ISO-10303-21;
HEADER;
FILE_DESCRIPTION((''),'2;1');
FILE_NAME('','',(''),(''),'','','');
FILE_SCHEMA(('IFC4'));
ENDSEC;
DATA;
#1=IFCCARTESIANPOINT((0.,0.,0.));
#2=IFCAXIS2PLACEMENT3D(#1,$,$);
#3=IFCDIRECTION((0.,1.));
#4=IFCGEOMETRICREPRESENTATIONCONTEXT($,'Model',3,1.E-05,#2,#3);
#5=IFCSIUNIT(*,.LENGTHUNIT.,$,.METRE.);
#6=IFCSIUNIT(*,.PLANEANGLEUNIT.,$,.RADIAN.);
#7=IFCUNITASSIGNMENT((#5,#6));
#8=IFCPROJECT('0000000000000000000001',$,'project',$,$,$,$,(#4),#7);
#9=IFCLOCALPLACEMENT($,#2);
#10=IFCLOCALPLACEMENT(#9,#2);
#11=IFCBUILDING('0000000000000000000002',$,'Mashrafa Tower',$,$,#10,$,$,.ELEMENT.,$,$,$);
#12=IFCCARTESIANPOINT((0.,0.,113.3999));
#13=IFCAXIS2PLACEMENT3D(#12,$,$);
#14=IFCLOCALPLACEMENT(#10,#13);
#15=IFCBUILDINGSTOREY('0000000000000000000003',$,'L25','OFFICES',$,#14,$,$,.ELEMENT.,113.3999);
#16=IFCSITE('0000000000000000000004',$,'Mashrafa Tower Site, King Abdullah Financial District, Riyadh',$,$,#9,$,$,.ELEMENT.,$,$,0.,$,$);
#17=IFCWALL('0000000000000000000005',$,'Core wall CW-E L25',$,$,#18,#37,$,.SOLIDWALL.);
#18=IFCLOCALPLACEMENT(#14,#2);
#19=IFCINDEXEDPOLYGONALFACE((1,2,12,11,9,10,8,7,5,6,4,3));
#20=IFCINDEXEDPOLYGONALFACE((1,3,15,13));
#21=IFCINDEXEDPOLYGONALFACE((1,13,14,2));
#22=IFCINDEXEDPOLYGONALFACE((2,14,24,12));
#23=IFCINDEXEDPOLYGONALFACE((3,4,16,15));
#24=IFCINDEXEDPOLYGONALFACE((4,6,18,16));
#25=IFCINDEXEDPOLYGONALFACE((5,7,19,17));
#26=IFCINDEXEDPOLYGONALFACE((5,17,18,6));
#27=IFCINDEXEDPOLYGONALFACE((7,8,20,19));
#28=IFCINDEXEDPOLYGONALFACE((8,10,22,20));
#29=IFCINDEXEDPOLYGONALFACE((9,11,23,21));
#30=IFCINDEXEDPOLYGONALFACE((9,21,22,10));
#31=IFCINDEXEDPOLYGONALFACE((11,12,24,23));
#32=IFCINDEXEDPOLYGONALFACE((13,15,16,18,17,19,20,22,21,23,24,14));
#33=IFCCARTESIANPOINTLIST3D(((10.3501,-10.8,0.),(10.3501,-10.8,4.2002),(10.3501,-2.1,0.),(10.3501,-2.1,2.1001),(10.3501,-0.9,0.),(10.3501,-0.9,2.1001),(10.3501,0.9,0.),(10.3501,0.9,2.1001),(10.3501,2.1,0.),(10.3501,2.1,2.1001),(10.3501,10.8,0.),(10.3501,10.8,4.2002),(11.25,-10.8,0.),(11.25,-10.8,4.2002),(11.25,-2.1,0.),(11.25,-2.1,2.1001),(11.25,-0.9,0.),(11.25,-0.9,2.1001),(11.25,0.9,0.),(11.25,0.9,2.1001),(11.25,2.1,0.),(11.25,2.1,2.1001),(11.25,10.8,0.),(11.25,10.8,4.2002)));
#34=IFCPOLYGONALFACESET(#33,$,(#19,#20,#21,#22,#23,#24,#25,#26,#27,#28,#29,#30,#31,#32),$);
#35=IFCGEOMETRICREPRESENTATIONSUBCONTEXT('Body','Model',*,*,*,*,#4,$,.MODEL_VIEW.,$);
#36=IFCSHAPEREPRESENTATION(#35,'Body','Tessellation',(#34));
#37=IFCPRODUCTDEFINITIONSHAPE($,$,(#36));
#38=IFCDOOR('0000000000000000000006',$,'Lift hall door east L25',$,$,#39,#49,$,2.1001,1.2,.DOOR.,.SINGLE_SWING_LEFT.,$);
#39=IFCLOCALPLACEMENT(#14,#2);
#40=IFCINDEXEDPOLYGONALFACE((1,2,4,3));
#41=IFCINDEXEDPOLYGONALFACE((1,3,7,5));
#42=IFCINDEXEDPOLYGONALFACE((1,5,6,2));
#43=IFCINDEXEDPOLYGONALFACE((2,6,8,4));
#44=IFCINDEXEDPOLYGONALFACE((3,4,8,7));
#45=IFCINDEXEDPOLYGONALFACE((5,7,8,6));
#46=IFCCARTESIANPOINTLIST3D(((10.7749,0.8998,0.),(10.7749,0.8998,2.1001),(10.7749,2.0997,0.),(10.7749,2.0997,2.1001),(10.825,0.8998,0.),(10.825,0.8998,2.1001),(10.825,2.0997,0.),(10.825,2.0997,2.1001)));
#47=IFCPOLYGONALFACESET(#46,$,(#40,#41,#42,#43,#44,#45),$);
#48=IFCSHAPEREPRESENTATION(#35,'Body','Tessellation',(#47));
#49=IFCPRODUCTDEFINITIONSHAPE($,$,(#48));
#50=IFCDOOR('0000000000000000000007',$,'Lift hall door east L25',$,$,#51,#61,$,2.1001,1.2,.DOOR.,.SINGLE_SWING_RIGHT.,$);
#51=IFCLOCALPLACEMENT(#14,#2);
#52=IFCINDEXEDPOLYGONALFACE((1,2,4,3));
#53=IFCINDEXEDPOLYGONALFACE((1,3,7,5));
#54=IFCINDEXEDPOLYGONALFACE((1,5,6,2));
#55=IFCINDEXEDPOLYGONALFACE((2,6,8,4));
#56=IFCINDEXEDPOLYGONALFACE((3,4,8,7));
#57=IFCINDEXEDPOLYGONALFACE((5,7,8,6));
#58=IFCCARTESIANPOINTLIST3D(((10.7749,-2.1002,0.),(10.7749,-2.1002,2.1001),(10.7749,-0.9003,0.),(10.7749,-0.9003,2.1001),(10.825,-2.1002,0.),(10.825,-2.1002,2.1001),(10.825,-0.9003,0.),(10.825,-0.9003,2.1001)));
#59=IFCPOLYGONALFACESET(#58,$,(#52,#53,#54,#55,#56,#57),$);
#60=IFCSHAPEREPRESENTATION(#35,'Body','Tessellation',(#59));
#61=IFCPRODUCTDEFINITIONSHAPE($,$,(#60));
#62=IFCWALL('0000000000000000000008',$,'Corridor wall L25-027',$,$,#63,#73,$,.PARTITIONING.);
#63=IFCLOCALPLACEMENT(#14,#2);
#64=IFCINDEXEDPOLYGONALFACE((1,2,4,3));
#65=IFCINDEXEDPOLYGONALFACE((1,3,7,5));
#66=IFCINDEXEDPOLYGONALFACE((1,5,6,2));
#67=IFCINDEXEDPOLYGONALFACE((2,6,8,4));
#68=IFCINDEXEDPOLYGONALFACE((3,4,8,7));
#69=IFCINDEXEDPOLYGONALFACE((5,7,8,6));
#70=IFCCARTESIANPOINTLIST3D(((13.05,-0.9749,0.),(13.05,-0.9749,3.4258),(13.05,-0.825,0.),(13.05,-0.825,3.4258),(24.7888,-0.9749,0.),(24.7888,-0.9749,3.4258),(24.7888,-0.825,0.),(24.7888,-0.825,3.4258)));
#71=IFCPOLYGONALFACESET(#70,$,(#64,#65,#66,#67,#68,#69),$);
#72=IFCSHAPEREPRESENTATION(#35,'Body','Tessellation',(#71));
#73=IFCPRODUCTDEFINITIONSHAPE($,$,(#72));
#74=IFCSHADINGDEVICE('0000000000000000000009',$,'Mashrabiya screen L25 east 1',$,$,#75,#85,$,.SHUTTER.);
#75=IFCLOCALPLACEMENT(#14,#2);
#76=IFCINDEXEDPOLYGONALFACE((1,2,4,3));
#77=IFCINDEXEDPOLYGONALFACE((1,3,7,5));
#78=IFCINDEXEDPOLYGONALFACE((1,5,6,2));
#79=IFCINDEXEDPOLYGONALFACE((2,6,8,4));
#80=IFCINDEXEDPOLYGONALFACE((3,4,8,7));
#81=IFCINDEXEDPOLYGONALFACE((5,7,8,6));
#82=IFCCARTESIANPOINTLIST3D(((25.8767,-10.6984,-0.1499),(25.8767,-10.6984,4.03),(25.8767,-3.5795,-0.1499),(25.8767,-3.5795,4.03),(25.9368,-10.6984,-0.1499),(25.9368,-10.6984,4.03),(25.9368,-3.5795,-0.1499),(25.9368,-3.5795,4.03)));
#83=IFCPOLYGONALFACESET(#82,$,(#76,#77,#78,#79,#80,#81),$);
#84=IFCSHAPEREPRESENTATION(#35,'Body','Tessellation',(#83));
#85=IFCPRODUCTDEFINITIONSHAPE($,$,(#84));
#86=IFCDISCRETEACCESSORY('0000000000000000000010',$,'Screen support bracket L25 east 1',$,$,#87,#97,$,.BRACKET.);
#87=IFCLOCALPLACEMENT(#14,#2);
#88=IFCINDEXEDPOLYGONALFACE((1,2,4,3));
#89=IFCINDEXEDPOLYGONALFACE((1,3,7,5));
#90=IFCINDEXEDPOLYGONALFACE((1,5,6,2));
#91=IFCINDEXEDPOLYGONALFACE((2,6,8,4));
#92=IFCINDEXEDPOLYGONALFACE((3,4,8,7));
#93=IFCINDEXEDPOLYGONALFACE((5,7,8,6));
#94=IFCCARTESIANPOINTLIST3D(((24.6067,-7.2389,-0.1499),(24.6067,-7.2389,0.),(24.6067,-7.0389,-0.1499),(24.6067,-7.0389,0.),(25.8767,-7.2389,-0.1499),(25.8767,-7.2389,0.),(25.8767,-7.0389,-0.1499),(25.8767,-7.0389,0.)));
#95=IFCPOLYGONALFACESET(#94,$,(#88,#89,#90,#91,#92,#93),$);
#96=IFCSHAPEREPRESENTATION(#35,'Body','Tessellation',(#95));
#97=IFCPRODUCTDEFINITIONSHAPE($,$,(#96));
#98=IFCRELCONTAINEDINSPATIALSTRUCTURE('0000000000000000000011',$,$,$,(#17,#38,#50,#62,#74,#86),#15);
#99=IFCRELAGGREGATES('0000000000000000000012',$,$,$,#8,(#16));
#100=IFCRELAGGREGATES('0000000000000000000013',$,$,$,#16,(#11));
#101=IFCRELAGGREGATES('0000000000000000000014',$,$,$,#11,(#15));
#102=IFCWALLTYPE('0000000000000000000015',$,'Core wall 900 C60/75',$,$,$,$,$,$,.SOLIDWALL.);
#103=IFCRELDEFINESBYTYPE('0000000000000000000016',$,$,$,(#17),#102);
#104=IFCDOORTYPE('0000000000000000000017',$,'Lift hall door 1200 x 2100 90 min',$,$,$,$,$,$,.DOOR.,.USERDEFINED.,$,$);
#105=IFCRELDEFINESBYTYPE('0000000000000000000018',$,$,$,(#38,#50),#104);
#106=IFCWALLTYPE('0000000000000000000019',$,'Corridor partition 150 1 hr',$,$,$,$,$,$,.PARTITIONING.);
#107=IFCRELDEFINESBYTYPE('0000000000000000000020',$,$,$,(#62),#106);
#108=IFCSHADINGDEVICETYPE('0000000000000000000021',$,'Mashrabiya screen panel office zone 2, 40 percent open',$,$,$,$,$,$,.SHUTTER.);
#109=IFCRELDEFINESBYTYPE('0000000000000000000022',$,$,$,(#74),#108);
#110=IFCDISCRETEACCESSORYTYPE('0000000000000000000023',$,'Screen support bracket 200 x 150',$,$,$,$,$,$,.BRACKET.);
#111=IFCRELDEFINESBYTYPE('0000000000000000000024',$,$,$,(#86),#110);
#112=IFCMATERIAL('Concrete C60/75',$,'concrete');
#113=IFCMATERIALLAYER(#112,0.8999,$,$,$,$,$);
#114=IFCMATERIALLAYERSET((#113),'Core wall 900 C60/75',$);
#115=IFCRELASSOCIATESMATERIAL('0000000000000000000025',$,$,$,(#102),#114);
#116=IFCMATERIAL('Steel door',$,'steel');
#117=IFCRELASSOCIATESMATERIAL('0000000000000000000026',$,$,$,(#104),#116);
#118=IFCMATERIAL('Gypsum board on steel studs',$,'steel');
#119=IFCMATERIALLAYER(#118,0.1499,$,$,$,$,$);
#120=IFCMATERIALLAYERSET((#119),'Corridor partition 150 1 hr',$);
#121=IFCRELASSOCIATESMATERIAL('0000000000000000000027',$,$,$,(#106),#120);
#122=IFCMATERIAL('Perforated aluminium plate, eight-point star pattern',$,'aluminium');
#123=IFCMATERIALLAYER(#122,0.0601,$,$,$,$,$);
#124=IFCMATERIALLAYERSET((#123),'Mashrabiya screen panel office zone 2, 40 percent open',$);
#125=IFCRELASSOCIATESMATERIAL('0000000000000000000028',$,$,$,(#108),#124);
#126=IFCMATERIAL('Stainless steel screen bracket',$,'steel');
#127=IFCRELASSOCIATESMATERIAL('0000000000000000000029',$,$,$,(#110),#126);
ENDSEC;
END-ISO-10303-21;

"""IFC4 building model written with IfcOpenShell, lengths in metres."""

from ifc_helpers import new_model, si_unit, direction, frame, frame_2d, origin, origin_2d, place, context, subcontext, project, spatial, rectangle, extrude, source, transform, mapped, material, layer, layer_set, type_object, type_shapes, element, fill, save


model = new_model("IFC4")

# Units and contexts
model_context = context("Model", 3, precision=1e-05, world=origin(), true_north=direction((0.0, 1.0)))
body_context = subcontext(model_context, "Body", "Model", "MODEL_VIEW")
ifc_project = project(units=[si_unit("LENGTHUNIT", "METRE"), si_unit("PLANEANGLEUNIT", "RADIAN")], contexts=[model_context])

# Site, building, storey
site_placement = place(None, origin())
site = spatial("IfcSite", under=ifc_project, at=site_placement, Name="Mashrafa Tower Site, King Abdullah Financial District, Riyadh", CompositionType="ELEMENT", RefElevation=0.0)
building_placement = place(site_placement, origin())
building = spatial("IfcBuilding", under=site, at=building_placement, Name="Mashrafa Tower", CompositionType="ELEMENT")
storey_placement = place(building_placement, frame((0.0, 0.0, 113.3999)))
storey = spatial("IfcBuildingStorey", under=building, at=storey_placement, Name="L25", Description="OFFICES", CompositionType="ELEMENT", Elevation=113.3999)

# Wall, openings, doors
ifc_material_1 = material(Name="Concrete C60/75", Category="concrete")
ifc_layer_1 = layer(ifc_material_1, 0.8999)
ifc_layer_set_1 = layer_set([ifc_layer_1], Name="Core wall 900 C60/75")
wall_type_1 = type_object("IfcWallType", Name="Core wall 900 C60/75", PredefinedType="SOLIDWALL", material=ifc_layer_set_1)
wall_1_placement = place(storey_placement, frame((10.8, -10.8, 0.0), z_axis=(0.0, 0.0, 1.0), x_axis=(0.0, 1.0, 0.0)))
wall_1 = element("IfcWall", 1, at=wall_1_placement, inside=storey, type_object=wall_type_1, Name="Core wall CW-E L25", PredefinedType="SOLIDWALL", context=body_context, shape_type="SweptSolid", body=[
    extrude(rectangle(XDim=21.6001, YDim=0.8999, at=frame_2d((10.8, 0.0))), origin(), (0.0, 0.0, 1.0), 4.2002),
])
opening_1_placement = place(wall_1_placement, frame((11.7, 0.0, 0.0)))
opening_1 = element("IfcOpeningElement", 2, at=opening_1_placement, cuts=wall_1, PredefinedType="OPENING", context=body_context, shape_type="SweptSolid", body=[
    extrude(rectangle(XDim=1.2, YDim=2.1001, at=frame_2d((0.6001, 1.05))), frame((0.0, 0.46, 0.0), z_axis=(0.0, -1.0, 0.0), x_axis=(1.0, 0.0, 0.0)), (0.0, 0.0, 1.0), 0.9199),
])
opening_2_placement = place(wall_1_placement, frame((8.7, 0.0, 0.0)))
opening_2 = element("IfcOpeningElement", 3, at=opening_2_placement, cuts=wall_1, PredefinedType="OPENING", context=body_context, shape_type="SweptSolid", body=[
    extrude(rectangle(XDim=1.2, YDim=2.1001, at=frame_2d((0.6001, 1.05))), frame((0.0, 0.46, 0.0), z_axis=(0.0, -1.0, 0.0), x_axis=(1.0, 0.0, 0.0)), (0.0, 0.0, 1.0), 0.9199),
])
ifc_material_2 = material(Name="Steel door", Category="steel")
door_type = type_object("IfcDoorType", Name="Lift hall door 1200 x 2100 90 min", OperationType="USERDEFINED", PredefinedType="DOOR", material=ifc_material_2)
door_1_placement = place(opening_1_placement, frame((1.2, 0.0, 0.0), z_axis=(0.0, 0.0, 1.0), x_axis=(-1.0, 0.0, 0.0)))
door_1 = element("IfcDoor", 4, at=door_1_placement, inside=storey, type_object=door_type, Name="Lift hall door east L25", OperationType="SINGLE_SWING_LEFT", OverallHeight=2.1001, OverallWidth=1.2, PredefinedType="DOOR", context=body_context, shape_type="SweptSolid", body=[
    extrude(rectangle(XDim=1.2, YDim=2.1001, at=frame_2d((0.6001, 1.05))), frame((0.0, 0.0249, 0.0), z_axis=(0.0, -1.0, 0.0), x_axis=(1.0, 0.0, 0.0)), (0.0, 0.0, 1.0), 0.05),
])
fill(opening_1, door_1)
door_2_placement = place(opening_2_placement, frame((1.2, 0.0, 0.0), z_axis=(0.0, 0.0, 1.0), x_axis=(-1.0, 0.0, 0.0)))
door_2 = element("IfcDoor", 5, at=door_2_placement, inside=storey, type_object=door_type, Name="Lift hall door east L25", OperationType="SINGLE_SWING_RIGHT", OverallHeight=2.1001, OverallWidth=1.2, PredefinedType="DOOR", context=body_context, shape_type="SweptSolid", body=[
    extrude(rectangle(XDim=1.2, YDim=2.1001, at=frame_2d((0.6001, 1.05))), frame((0.0, 0.0249, 0.0), z_axis=(0.0, -1.0, 0.0), x_axis=(1.0, 0.0, 0.0)), (0.0, 0.0, 1.0), 0.05),
])
fill(opening_2, door_2)

# Wall
ifc_material_3 = material(Name="Gypsum board on steel studs", Category="steel")
ifc_layer_2 = layer(ifc_material_3, 0.1499)
ifc_layer_set_2 = layer_set([ifc_layer_2], Name="Corridor partition 150 1 hr")
wall_type_2 = type_object("IfcWallType", Name="Corridor partition 150 1 hr", PredefinedType="PARTITIONING", material=ifc_layer_set_2)
wall_2_placement = place(storey_placement, frame((13.05, -0.8999, 0.0), z_axis=(0.0, 0.0, 1.0), x_axis=(1.0, 0.0, 0.0)))
element("IfcWall", 6, at=wall_2_placement, inside=storey, type_object=wall_type_2, Name="Corridor wall L25-027", PredefinedType="PARTITIONING", context=body_context, shape_type="SweptSolid", body=[
    extrude(rectangle(XDim=11.7388, YDim=0.1499, at=frame_2d((5.8694, 0.0))), origin(), (0.0, 0.0, 1.0), 3.4258),
])

# Shading device
ifc_material_4 = material(Name="Perforated aluminium plate, eight-point star pattern", Category="aluminium")
ifc_layer_3 = layer(ifc_material_4, 0.0601)
ifc_layer_set_3 = layer_set([ifc_layer_3], Name="Mashrabiya screen panel office zone 2, 40 percent open")
shading_device_type = type_object("IfcShadingDeviceType", Name="Mashrabiya screen panel office zone 2, 40 percent open", PredefinedType="SHUTTER", material=ifc_layer_set_3)
shared_shape_1 = source(origin(), body_context, "Body", "SweptSolid", [
    extrude(rectangle(XDim=7.1189, YDim=0.0601, at=origin_2d()), origin(), (0.0, 0.0, 1.0), 4.1799),
])
type_shapes(shading_device_type, [shared_shape_1])
shading_device_placement = place(storey_placement, frame((25.9067, -7.1389, -0.1499), z_axis=(0.0, 0.0, 1.0), x_axis=(0.0, 1.0, 0.0)))
element("IfcShadingDevice", 7, at=shading_device_placement, inside=storey, type_object=shading_device_type, Name="Mashrabiya screen L25 east 1", PredefinedType="SHUTTER", context=body_context, shape_type="MappedRepresentation", body=[
    mapped(shared_shape_1, transform((0.0, 0.0, 0.0))),
])

# Discrete accessory
ifc_material_5 = material(Name="Stainless steel screen bracket", Category="steel")
discrete_accessory_type = type_object("IfcDiscreteAccessoryType", Name="Screen support bracket 200 x 150", PredefinedType="BRACKET", material=ifc_material_5)
shared_shape_2 = source(origin(), body_context, "Body", "SweptSolid", [
    extrude(rectangle(XDim=0.2, YDim=1.27, at=origin_2d()), origin(), (0.0, 0.0, 1.0), 0.1499),
])
type_shapes(discrete_accessory_type, [shared_shape_2])
discrete_accessory_placement = place(storey_placement, frame((25.2417, -7.1389, -0.1499), z_axis=(0.0, 0.0, 1.0), x_axis=(0.0, 1.0, 0.0)))
element("IfcDiscreteAccessory", 8, at=discrete_accessory_placement, inside=storey, type_object=discrete_accessory_type, Name="Screen support bracket L25 east 1", PredefinedType="BRACKET", context=body_context, shape_type="MappedRepresentation", body=[
    mapped(shared_shape_2, transform((0.0, 0.0, 0.0))),
])

save(model, "model.ifc")
